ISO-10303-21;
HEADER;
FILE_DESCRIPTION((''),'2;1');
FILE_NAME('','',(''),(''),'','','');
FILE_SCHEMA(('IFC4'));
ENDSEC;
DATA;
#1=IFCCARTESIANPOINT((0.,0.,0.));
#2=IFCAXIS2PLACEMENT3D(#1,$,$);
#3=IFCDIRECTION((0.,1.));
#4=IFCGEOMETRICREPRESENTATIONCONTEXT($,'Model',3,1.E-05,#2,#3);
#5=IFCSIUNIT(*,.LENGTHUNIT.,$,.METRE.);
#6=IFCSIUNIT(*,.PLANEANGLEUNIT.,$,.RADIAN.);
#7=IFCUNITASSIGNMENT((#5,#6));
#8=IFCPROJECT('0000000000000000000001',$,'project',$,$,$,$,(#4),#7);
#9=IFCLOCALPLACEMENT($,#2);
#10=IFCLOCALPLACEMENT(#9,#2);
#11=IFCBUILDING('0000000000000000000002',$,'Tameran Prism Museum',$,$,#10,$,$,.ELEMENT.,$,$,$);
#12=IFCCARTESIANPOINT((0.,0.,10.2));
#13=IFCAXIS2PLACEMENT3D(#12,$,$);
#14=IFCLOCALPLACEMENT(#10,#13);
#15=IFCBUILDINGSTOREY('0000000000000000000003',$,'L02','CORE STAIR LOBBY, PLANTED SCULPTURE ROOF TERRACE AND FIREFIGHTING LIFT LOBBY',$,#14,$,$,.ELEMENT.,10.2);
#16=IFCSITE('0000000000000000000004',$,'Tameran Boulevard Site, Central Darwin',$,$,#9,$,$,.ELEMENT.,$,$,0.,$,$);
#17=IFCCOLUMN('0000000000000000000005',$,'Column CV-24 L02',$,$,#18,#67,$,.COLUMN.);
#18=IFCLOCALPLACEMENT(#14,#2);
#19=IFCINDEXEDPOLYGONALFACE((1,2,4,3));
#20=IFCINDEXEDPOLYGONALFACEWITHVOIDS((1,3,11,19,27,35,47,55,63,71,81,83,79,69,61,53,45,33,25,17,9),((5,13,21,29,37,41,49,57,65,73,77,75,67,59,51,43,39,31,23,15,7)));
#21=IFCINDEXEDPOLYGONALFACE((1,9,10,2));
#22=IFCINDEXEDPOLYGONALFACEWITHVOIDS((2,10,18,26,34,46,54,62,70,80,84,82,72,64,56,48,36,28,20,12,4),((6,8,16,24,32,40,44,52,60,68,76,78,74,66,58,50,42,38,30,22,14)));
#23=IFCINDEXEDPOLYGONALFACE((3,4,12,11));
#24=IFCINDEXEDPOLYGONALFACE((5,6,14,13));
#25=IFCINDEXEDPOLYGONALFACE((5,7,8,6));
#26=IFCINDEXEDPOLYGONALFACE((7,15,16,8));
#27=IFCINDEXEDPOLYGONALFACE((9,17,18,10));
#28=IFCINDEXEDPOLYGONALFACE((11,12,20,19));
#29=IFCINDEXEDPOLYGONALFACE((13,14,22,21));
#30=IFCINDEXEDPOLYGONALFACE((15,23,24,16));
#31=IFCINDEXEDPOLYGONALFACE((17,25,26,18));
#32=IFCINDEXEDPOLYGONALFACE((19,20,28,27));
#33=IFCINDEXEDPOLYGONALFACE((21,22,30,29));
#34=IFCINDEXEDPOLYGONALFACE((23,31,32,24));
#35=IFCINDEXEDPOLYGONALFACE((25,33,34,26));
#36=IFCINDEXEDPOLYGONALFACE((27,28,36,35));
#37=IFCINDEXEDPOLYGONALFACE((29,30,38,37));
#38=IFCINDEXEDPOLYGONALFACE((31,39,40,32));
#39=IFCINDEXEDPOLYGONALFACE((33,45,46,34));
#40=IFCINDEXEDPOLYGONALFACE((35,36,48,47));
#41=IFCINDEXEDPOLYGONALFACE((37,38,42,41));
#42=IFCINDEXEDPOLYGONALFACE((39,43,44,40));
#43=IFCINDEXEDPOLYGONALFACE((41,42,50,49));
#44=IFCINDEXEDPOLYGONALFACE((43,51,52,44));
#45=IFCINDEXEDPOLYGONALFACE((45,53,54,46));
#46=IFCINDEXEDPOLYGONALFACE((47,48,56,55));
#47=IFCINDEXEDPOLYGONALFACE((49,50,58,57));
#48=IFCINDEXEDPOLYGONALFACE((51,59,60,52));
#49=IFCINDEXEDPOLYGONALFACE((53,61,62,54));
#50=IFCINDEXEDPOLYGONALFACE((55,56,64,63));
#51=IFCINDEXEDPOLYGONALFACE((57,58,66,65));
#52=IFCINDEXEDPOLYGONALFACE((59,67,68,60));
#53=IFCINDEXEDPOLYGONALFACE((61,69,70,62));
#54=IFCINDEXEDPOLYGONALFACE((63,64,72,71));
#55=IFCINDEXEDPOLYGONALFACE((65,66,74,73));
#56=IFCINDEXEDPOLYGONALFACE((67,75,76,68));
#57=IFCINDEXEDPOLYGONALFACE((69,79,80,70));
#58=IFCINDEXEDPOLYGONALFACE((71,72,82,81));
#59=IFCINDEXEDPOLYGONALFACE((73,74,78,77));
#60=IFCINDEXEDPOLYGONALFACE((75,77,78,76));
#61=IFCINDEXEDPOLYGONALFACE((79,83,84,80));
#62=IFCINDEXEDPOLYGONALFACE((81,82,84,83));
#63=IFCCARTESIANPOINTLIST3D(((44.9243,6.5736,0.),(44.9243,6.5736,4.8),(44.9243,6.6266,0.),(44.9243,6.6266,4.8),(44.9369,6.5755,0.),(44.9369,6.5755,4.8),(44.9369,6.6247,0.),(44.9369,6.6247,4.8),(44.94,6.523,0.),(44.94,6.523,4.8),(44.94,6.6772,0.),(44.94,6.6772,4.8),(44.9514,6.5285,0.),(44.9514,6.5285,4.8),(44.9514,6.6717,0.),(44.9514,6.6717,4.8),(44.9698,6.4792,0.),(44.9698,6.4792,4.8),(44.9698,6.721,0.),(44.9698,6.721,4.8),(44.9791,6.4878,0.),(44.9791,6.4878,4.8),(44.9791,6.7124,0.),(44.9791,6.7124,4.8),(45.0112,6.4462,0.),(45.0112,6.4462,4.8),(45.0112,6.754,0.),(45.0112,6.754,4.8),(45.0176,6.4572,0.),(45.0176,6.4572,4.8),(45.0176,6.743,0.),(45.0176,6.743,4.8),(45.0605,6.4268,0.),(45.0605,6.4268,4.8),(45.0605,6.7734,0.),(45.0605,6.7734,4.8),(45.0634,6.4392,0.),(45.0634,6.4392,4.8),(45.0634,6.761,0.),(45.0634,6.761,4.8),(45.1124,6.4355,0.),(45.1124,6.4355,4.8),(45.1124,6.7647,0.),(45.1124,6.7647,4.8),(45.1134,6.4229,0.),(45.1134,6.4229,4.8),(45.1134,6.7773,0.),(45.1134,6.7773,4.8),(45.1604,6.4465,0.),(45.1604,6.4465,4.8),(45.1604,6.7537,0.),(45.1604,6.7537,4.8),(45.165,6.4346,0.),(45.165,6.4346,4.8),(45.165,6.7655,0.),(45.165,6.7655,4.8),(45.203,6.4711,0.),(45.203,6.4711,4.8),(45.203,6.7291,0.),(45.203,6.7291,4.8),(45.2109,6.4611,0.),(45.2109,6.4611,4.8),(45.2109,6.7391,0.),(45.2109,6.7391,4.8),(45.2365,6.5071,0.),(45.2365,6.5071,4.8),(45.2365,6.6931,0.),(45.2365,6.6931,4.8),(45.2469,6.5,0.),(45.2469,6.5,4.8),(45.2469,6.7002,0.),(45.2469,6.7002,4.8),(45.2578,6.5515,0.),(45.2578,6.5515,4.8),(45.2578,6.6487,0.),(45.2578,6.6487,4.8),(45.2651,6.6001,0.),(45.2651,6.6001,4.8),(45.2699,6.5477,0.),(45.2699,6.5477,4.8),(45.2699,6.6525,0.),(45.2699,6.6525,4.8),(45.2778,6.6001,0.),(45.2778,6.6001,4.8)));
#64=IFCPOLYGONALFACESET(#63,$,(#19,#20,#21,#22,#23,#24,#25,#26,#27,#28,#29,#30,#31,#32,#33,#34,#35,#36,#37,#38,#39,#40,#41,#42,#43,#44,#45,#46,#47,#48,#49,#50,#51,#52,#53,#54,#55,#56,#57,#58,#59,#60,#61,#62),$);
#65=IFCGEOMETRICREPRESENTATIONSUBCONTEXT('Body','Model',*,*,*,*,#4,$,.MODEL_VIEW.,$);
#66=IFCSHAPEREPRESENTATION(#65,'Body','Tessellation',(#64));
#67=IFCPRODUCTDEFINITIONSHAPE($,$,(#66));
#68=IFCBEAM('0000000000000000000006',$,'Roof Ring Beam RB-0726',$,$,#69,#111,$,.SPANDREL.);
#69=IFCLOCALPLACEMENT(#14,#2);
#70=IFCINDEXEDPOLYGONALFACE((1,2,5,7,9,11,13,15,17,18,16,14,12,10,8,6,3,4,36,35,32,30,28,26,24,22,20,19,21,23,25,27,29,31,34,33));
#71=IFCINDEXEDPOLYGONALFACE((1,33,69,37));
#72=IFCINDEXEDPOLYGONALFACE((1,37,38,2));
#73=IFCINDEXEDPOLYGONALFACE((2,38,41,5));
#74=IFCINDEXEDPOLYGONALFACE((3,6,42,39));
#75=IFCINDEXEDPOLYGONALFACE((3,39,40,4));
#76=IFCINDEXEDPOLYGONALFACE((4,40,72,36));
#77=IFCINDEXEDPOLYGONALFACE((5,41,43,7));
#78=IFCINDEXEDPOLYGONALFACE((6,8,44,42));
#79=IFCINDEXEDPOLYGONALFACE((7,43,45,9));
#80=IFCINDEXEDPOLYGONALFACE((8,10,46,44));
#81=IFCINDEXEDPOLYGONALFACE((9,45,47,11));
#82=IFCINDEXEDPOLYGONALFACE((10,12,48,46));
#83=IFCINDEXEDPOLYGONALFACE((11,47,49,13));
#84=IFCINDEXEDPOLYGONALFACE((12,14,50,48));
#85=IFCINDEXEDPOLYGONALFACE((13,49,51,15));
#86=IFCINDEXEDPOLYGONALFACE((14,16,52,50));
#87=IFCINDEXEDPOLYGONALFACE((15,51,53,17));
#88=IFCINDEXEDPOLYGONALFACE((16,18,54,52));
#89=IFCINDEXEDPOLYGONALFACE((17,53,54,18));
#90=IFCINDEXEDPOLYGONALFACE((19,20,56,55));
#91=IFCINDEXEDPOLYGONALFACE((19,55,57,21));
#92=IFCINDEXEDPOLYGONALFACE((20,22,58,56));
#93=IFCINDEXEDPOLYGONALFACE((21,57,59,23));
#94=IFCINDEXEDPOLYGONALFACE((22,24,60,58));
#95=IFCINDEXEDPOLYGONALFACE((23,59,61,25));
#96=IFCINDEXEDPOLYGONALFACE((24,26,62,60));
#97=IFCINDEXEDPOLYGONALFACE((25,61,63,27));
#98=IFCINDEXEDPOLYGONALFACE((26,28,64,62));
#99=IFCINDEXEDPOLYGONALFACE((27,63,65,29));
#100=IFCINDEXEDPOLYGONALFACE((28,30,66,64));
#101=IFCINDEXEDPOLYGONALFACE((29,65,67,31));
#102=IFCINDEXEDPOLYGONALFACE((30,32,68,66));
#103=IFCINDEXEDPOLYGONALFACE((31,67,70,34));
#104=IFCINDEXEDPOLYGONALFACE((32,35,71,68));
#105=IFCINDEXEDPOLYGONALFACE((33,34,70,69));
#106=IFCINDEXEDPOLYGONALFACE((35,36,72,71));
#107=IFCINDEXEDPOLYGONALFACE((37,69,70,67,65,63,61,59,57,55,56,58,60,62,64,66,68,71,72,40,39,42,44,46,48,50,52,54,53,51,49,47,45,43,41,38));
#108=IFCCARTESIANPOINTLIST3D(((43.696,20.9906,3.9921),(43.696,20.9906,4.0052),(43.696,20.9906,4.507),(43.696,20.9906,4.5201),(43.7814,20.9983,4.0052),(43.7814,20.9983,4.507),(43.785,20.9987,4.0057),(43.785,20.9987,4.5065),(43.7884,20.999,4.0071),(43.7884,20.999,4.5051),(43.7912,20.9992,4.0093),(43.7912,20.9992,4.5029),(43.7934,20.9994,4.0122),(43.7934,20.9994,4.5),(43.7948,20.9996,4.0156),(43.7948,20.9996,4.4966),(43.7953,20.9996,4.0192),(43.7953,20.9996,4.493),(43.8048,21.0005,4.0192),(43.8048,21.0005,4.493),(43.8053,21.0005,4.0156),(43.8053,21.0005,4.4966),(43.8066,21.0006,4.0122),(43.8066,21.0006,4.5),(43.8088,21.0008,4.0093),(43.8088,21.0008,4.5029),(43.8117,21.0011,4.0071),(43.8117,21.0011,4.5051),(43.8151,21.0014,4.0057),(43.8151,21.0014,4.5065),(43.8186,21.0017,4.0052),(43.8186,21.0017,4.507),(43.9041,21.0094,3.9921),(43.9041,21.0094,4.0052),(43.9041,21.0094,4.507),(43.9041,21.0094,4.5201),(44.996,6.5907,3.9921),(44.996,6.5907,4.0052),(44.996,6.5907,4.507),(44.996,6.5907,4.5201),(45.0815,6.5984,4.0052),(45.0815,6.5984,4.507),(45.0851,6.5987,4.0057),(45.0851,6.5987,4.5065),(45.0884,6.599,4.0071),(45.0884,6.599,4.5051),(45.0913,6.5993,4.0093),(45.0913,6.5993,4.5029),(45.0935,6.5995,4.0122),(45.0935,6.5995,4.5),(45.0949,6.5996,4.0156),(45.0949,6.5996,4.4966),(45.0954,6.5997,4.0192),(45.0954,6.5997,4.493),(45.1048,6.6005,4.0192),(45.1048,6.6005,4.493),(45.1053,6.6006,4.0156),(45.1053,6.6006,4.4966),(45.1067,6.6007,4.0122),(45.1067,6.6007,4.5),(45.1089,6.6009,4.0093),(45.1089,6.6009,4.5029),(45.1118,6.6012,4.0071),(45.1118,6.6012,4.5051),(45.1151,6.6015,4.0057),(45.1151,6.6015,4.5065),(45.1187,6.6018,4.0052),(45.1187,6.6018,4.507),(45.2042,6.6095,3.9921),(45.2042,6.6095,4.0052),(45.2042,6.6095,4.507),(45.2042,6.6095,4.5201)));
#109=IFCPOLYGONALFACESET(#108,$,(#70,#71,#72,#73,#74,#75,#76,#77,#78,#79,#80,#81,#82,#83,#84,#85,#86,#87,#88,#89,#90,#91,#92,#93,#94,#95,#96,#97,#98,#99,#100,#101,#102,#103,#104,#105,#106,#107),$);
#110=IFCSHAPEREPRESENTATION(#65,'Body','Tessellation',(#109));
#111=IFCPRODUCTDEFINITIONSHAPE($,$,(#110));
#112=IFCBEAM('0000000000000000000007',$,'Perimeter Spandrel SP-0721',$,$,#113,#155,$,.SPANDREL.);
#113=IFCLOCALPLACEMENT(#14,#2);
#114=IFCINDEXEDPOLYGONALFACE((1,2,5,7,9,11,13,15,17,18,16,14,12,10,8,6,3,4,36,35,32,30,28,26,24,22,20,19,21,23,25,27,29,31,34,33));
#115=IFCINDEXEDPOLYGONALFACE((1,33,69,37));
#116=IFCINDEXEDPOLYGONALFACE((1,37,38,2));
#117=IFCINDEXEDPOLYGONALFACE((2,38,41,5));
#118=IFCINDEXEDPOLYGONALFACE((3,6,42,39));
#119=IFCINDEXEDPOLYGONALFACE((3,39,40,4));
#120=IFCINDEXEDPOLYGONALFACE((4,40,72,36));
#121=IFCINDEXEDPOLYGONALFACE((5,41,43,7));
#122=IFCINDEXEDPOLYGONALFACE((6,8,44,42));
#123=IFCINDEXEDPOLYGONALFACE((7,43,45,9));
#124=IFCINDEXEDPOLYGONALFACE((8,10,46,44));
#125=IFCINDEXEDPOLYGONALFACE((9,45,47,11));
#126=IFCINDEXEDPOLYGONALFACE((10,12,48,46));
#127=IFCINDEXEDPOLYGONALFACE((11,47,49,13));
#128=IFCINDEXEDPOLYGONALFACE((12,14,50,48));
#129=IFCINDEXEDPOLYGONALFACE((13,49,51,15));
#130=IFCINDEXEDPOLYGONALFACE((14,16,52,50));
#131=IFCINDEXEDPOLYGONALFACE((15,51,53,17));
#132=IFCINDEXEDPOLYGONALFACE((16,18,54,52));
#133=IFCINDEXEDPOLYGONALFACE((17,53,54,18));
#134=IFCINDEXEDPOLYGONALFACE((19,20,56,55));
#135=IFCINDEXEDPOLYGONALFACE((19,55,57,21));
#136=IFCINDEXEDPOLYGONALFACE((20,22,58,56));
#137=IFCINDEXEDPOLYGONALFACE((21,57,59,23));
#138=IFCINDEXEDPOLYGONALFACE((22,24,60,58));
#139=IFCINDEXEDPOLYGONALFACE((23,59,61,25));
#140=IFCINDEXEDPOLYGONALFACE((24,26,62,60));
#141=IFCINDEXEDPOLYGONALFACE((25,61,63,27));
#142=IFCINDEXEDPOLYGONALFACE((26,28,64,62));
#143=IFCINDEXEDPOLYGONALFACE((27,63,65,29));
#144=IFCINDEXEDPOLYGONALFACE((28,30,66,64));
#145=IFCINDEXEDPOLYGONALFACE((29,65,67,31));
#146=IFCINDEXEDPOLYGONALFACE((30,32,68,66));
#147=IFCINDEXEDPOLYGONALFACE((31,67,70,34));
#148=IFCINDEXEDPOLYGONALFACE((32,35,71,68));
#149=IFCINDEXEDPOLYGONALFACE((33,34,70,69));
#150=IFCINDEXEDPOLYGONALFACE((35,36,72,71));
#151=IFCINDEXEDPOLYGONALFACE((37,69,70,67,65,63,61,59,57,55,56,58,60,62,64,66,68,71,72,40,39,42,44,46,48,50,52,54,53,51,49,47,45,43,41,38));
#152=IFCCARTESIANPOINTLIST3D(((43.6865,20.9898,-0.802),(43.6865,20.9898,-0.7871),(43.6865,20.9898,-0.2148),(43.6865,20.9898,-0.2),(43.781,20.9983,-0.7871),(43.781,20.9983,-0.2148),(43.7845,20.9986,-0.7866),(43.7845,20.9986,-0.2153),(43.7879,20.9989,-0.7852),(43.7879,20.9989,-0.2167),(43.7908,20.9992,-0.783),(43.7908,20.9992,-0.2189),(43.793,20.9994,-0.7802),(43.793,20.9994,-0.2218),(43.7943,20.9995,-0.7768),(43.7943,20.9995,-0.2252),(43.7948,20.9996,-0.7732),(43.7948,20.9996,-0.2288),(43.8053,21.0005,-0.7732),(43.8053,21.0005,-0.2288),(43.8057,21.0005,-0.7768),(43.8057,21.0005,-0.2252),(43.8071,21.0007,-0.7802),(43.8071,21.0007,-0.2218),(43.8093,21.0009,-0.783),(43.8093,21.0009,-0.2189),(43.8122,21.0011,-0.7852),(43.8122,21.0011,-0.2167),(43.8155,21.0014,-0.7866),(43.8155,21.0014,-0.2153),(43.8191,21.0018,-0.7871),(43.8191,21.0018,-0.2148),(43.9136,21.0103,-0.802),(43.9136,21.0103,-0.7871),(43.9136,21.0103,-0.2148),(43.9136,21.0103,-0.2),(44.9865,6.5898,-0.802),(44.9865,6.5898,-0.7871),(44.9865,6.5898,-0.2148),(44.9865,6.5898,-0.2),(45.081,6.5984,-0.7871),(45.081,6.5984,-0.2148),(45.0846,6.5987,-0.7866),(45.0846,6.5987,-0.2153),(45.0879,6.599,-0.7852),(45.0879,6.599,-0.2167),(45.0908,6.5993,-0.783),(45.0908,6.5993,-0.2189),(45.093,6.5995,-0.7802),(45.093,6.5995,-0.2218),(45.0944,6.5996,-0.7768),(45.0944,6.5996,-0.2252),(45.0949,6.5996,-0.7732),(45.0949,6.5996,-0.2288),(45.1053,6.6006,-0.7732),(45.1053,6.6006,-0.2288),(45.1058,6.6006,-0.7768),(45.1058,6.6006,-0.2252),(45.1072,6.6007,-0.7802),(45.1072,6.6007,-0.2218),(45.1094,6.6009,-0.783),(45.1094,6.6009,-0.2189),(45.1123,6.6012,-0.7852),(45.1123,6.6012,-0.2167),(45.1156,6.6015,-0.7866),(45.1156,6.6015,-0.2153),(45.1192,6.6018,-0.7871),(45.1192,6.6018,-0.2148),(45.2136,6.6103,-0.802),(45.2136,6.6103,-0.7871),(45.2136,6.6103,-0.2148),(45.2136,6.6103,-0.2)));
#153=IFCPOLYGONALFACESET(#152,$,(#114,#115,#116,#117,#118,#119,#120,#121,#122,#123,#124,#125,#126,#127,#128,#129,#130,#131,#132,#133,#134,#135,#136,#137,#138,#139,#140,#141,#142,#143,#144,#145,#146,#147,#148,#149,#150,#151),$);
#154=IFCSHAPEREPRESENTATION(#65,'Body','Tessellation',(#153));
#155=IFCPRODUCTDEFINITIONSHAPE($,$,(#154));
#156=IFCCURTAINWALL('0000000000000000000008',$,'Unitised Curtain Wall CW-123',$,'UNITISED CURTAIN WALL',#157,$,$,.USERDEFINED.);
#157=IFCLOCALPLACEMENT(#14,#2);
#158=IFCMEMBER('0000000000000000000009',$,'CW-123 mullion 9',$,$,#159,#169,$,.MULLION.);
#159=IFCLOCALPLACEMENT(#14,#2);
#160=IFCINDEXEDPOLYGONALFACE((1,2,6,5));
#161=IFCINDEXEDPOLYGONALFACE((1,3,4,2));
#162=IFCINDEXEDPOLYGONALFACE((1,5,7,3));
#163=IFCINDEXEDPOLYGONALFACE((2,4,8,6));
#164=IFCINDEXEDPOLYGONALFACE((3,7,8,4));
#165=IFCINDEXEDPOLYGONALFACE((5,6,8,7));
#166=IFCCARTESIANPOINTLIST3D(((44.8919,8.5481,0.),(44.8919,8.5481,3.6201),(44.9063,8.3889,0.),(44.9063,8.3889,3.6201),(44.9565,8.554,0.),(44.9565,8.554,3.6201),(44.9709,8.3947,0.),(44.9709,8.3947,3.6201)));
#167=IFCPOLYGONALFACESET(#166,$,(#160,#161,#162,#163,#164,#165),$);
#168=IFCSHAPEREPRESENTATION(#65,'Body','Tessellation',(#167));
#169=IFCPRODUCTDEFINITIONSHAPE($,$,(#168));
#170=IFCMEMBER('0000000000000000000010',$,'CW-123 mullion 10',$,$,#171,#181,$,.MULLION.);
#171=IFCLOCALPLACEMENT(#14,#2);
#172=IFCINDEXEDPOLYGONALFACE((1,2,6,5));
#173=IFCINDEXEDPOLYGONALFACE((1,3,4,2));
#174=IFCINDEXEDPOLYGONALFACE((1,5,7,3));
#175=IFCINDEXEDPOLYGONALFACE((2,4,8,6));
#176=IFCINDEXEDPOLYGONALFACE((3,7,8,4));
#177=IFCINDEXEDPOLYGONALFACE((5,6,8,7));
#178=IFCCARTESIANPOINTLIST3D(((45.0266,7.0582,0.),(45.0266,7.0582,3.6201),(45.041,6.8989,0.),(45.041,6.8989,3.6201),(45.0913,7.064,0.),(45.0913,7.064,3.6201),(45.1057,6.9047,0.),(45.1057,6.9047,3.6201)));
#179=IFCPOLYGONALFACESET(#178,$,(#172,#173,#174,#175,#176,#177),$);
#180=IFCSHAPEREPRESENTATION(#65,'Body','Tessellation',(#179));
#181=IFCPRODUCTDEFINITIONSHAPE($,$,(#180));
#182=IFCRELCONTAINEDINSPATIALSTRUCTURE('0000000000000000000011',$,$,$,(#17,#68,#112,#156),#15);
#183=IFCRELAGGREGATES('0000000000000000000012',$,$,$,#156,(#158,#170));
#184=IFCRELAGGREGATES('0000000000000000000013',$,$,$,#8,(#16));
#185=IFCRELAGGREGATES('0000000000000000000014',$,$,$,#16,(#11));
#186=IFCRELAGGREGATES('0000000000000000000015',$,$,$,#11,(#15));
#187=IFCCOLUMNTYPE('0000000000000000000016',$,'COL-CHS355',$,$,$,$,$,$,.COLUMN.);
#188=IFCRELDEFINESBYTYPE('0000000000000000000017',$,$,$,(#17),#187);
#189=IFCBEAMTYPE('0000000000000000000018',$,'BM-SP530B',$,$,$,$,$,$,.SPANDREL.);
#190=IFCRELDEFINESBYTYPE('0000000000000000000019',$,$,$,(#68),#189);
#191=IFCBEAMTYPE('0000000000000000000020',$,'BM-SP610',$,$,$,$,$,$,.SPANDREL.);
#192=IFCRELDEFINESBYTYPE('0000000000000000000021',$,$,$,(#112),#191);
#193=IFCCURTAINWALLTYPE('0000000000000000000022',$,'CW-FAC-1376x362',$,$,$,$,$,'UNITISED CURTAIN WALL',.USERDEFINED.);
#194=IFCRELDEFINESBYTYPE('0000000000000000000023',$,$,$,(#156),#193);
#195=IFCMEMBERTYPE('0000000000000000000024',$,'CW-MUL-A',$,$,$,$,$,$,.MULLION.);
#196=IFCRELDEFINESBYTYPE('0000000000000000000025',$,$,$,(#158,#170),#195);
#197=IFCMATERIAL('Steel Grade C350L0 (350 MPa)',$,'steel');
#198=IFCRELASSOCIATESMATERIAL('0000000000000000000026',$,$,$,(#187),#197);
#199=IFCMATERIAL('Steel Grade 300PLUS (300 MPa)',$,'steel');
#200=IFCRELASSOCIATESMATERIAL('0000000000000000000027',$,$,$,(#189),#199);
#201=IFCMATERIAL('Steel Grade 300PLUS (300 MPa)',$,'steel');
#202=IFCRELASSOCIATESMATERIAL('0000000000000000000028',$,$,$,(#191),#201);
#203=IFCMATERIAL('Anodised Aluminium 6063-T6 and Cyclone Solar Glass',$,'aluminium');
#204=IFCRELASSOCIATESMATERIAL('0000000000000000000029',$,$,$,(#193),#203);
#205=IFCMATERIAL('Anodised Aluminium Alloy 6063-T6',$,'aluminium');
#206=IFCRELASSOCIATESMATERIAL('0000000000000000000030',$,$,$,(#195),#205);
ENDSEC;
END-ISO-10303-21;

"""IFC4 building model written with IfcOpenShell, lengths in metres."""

from ifc_helpers import new_model, si_unit, direction, frame, origin, origin_2d, place, context, subcontext, project, spatial, rectangle, hollow_circle, i_section, extrude, material, material_profile, profile_set, type_object, element, aggregate, save


model = new_model("IFC4")

# Units and contexts
model_context = context("Model", 3, precision=1e-05, world=origin(), true_north=direction((0.0, 1.0)))
body_context = subcontext(model_context, "Body", "Model", "MODEL_VIEW")
ifc_project = project(units=[si_unit("LENGTHUNIT", "METRE"), si_unit("PLANEANGLEUNIT", "RADIAN")], contexts=[model_context])

# Site, building, storey
site_placement = place(None, origin())
site = spatial("IfcSite", under=ifc_project, at=site_placement, Name="Tameran Boulevard Site, Central Darwin", CompositionType="ELEMENT", RefElevation=0.0)
building_placement = place(site_placement, origin())
building = spatial("IfcBuilding", under=site, at=building_placement, Name="Tameran Prism Museum", CompositionType="ELEMENT")
storey_placement = place(building_placement, frame((0.0, 0.0, 10.2)))
storey = spatial("IfcBuildingStorey", under=building, at=storey_placement, Name="L02", Description="CORE STAIR LOBBY, PLANTED SCULPTURE ROOF TERRACE AND FIREFIGHTING LIFT LOBBY", CompositionType="ELEMENT", Elevation=10.2)

# Column
ifc_material_1 = material(Name="Steel Grade C350L0 (350 MPa)", Category="steel")
ifc_material_profile_1 = material_profile(ifc_material_1, hollow_circle(Radius=0.1777, WallThickness=0.0127, at=origin_2d()))
ifc_profile_set_1 = profile_set([ifc_material_profile_1])
column_type = type_object("IfcColumnType", Name="COL-CHS355", PredefinedType="COLUMN", material=ifc_profile_set_1)
column_placement = place(storey_placement, frame((45.1001, 6.6001, 0.0), z_axis=(0.0, 0.0, 1.0), x_axis=(1.0, 0.0, 0.0)))
element("IfcColumn", 1, at=column_placement, inside=storey, type_object=column_type, Name="Column CV-24 L02", PredefinedType="COLUMN", context=body_context, shape_type="SweptSolid", body=[
    extrude(hollow_circle(Radius=0.1777, WallThickness=0.0127, at=origin_2d()), origin(), (0.0, 0.0, 1.0), 4.8),
])

# Beams
ifc_material_2 = material(Name="Steel Grade 300PLUS (300 MPa)", Category="steel")
ifc_material_profile_2 = material_profile(ifc_material_2, i_section(OverallWidth=0.209, OverallDepth=0.5281, WebThickness=0.0095, FlangeThickness=0.0132, FilletRadius=0.0139, at=origin_2d()))
ifc_profile_set_2 = profile_set([ifc_material_profile_2])
beam_type_1 = type_object("IfcBeamType", Name="BM-SP530B", PredefinedType="SPANDREL", material=ifc_profile_set_2)
beam_1_placement = place(storey_placement, frame((45.1001, 6.6001, 4.2561), z_axis=(-0.089916, 0.995949, 0.0), x_axis=(-0.995949, -0.089916, 0.0)))
element("IfcBeam", 2, at=beam_1_placement, inside=storey, type_object=beam_type_1, Name="Roof Ring Beam RB-0726", PredefinedType="SPANDREL", context=body_context, shape_type="SweptSolid", body=[
    extrude(i_section(OverallWidth=0.209, OverallDepth=0.5281, WebThickness=0.0095, FlangeThickness=0.0132, FilletRadius=0.0139, at=origin_2d()), origin(), (0.0, 0.0, 1.0), 14.4585),
])
ifc_material_3 = material(Name="Steel Grade 300PLUS (300 MPa)", Category="steel")
ifc_material_profile_3 = material_profile(ifc_material_3, i_section(OverallWidth=0.228, OverallDepth=0.6021, WebThickness=0.0105, FlangeThickness=0.0149, FilletRadius=0.0139, at=origin_2d()))
ifc_profile_set_3 = profile_set([ifc_material_profile_3])
beam_type_2 = type_object("IfcBeamType", Name="BM-SP610", PredefinedType="SPANDREL", material=ifc_profile_set_3)
beam_2_placement = place(storey_placement, frame((45.1001, 6.6001, -0.501), z_axis=(-0.089916, 0.995949, 0.0), x_axis=(-0.995949, -0.089916, 0.0)))
element("IfcBeam", 3, at=beam_2_placement, inside=storey, type_object=beam_type_2, Name="Perimeter Spandrel SP-0721", PredefinedType="SPANDREL", context=body_context, shape_type="SweptSolid", body=[
    extrude(i_section(OverallWidth=0.228, OverallDepth=0.6021, WebThickness=0.0105, FlangeThickness=0.0149, FilletRadius=0.0139, at=origin_2d()), origin(), (0.0, 0.0, 1.0), 14.4585),
])

# Curtain wall, members
ifc_material_4 = material(Name="Anodised Aluminium 6063-T6 and Cyclone Solar Glass", Category="aluminium")
curtain_wall_type_1 = type_object("IfcCurtainWallType", Name="CW-FAC-1376x362", ElementType="UNITISED CURTAIN WALL", PredefinedType="USERDEFINED", material=ifc_material_4)
curtain_wall_1_placement = place(storey_placement, origin())
curtain_wall_1 = element("IfcCurtainWall", 4, at=curtain_wall_1_placement, inside=storey, type_object=curtain_wall_type_1, Name="Unitised Curtain Wall CW-123", ObjectType="UNITISED CURTAIN WALL", PredefinedType="USERDEFINED")
ifc_material_5 = material(Name="Anodised Aluminium Alloy 6063-T6", Category="aluminium")
ifc_material_profile_4 = material_profile(ifc_material_5, rectangle(XDim=0.0649, YDim=0.1599, at=origin_2d()))
ifc_profile_set_4 = profile_set([ifc_material_profile_4])
member_type_1 = type_object("IfcMemberType", Name="CW-MUL-A", PredefinedType="MULLION", material=ifc_profile_set_4)
member_1_placement = place(storey_placement, frame((44.9314, 8.4714, 0.0), z_axis=(0.0, 0.0, 1.0), x_axis=(0.995943, 0.089985, 0.0)))
member_1 = element("IfcMember", 5, at=member_1_placement, type_object=member_type_1, Name="CW-123 mullion 9", PredefinedType="MULLION", context=body_context, shape_type="SweptSolid", body=[
    extrude(rectangle(XDim=0.0649, YDim=0.1599, at=origin_2d()), origin(), (0.0, 0.0, 1.0), 3.6201),
])
member_2_placement = place(storey_placement, frame((45.0662, 6.9814, 0.0), z_axis=(0.0, 0.0, 1.0), x_axis=(0.995943, 0.089985, 0.0)))
member_2 = element("IfcMember", 6, at=member_2_placement, type_object=member_type_1, Name="CW-123 mullion 10", PredefinedType="MULLION", context=body_context, shape_type="SweptSolid", body=[
    extrude(rectangle(XDim=0.0649, YDim=0.1599, at=origin_2d()), origin(), (0.0, 0.0, 1.0), 3.6201),
])

aggregate(curtain_wall_1, [member_1, member_2])

save(model, "model.ifc")
